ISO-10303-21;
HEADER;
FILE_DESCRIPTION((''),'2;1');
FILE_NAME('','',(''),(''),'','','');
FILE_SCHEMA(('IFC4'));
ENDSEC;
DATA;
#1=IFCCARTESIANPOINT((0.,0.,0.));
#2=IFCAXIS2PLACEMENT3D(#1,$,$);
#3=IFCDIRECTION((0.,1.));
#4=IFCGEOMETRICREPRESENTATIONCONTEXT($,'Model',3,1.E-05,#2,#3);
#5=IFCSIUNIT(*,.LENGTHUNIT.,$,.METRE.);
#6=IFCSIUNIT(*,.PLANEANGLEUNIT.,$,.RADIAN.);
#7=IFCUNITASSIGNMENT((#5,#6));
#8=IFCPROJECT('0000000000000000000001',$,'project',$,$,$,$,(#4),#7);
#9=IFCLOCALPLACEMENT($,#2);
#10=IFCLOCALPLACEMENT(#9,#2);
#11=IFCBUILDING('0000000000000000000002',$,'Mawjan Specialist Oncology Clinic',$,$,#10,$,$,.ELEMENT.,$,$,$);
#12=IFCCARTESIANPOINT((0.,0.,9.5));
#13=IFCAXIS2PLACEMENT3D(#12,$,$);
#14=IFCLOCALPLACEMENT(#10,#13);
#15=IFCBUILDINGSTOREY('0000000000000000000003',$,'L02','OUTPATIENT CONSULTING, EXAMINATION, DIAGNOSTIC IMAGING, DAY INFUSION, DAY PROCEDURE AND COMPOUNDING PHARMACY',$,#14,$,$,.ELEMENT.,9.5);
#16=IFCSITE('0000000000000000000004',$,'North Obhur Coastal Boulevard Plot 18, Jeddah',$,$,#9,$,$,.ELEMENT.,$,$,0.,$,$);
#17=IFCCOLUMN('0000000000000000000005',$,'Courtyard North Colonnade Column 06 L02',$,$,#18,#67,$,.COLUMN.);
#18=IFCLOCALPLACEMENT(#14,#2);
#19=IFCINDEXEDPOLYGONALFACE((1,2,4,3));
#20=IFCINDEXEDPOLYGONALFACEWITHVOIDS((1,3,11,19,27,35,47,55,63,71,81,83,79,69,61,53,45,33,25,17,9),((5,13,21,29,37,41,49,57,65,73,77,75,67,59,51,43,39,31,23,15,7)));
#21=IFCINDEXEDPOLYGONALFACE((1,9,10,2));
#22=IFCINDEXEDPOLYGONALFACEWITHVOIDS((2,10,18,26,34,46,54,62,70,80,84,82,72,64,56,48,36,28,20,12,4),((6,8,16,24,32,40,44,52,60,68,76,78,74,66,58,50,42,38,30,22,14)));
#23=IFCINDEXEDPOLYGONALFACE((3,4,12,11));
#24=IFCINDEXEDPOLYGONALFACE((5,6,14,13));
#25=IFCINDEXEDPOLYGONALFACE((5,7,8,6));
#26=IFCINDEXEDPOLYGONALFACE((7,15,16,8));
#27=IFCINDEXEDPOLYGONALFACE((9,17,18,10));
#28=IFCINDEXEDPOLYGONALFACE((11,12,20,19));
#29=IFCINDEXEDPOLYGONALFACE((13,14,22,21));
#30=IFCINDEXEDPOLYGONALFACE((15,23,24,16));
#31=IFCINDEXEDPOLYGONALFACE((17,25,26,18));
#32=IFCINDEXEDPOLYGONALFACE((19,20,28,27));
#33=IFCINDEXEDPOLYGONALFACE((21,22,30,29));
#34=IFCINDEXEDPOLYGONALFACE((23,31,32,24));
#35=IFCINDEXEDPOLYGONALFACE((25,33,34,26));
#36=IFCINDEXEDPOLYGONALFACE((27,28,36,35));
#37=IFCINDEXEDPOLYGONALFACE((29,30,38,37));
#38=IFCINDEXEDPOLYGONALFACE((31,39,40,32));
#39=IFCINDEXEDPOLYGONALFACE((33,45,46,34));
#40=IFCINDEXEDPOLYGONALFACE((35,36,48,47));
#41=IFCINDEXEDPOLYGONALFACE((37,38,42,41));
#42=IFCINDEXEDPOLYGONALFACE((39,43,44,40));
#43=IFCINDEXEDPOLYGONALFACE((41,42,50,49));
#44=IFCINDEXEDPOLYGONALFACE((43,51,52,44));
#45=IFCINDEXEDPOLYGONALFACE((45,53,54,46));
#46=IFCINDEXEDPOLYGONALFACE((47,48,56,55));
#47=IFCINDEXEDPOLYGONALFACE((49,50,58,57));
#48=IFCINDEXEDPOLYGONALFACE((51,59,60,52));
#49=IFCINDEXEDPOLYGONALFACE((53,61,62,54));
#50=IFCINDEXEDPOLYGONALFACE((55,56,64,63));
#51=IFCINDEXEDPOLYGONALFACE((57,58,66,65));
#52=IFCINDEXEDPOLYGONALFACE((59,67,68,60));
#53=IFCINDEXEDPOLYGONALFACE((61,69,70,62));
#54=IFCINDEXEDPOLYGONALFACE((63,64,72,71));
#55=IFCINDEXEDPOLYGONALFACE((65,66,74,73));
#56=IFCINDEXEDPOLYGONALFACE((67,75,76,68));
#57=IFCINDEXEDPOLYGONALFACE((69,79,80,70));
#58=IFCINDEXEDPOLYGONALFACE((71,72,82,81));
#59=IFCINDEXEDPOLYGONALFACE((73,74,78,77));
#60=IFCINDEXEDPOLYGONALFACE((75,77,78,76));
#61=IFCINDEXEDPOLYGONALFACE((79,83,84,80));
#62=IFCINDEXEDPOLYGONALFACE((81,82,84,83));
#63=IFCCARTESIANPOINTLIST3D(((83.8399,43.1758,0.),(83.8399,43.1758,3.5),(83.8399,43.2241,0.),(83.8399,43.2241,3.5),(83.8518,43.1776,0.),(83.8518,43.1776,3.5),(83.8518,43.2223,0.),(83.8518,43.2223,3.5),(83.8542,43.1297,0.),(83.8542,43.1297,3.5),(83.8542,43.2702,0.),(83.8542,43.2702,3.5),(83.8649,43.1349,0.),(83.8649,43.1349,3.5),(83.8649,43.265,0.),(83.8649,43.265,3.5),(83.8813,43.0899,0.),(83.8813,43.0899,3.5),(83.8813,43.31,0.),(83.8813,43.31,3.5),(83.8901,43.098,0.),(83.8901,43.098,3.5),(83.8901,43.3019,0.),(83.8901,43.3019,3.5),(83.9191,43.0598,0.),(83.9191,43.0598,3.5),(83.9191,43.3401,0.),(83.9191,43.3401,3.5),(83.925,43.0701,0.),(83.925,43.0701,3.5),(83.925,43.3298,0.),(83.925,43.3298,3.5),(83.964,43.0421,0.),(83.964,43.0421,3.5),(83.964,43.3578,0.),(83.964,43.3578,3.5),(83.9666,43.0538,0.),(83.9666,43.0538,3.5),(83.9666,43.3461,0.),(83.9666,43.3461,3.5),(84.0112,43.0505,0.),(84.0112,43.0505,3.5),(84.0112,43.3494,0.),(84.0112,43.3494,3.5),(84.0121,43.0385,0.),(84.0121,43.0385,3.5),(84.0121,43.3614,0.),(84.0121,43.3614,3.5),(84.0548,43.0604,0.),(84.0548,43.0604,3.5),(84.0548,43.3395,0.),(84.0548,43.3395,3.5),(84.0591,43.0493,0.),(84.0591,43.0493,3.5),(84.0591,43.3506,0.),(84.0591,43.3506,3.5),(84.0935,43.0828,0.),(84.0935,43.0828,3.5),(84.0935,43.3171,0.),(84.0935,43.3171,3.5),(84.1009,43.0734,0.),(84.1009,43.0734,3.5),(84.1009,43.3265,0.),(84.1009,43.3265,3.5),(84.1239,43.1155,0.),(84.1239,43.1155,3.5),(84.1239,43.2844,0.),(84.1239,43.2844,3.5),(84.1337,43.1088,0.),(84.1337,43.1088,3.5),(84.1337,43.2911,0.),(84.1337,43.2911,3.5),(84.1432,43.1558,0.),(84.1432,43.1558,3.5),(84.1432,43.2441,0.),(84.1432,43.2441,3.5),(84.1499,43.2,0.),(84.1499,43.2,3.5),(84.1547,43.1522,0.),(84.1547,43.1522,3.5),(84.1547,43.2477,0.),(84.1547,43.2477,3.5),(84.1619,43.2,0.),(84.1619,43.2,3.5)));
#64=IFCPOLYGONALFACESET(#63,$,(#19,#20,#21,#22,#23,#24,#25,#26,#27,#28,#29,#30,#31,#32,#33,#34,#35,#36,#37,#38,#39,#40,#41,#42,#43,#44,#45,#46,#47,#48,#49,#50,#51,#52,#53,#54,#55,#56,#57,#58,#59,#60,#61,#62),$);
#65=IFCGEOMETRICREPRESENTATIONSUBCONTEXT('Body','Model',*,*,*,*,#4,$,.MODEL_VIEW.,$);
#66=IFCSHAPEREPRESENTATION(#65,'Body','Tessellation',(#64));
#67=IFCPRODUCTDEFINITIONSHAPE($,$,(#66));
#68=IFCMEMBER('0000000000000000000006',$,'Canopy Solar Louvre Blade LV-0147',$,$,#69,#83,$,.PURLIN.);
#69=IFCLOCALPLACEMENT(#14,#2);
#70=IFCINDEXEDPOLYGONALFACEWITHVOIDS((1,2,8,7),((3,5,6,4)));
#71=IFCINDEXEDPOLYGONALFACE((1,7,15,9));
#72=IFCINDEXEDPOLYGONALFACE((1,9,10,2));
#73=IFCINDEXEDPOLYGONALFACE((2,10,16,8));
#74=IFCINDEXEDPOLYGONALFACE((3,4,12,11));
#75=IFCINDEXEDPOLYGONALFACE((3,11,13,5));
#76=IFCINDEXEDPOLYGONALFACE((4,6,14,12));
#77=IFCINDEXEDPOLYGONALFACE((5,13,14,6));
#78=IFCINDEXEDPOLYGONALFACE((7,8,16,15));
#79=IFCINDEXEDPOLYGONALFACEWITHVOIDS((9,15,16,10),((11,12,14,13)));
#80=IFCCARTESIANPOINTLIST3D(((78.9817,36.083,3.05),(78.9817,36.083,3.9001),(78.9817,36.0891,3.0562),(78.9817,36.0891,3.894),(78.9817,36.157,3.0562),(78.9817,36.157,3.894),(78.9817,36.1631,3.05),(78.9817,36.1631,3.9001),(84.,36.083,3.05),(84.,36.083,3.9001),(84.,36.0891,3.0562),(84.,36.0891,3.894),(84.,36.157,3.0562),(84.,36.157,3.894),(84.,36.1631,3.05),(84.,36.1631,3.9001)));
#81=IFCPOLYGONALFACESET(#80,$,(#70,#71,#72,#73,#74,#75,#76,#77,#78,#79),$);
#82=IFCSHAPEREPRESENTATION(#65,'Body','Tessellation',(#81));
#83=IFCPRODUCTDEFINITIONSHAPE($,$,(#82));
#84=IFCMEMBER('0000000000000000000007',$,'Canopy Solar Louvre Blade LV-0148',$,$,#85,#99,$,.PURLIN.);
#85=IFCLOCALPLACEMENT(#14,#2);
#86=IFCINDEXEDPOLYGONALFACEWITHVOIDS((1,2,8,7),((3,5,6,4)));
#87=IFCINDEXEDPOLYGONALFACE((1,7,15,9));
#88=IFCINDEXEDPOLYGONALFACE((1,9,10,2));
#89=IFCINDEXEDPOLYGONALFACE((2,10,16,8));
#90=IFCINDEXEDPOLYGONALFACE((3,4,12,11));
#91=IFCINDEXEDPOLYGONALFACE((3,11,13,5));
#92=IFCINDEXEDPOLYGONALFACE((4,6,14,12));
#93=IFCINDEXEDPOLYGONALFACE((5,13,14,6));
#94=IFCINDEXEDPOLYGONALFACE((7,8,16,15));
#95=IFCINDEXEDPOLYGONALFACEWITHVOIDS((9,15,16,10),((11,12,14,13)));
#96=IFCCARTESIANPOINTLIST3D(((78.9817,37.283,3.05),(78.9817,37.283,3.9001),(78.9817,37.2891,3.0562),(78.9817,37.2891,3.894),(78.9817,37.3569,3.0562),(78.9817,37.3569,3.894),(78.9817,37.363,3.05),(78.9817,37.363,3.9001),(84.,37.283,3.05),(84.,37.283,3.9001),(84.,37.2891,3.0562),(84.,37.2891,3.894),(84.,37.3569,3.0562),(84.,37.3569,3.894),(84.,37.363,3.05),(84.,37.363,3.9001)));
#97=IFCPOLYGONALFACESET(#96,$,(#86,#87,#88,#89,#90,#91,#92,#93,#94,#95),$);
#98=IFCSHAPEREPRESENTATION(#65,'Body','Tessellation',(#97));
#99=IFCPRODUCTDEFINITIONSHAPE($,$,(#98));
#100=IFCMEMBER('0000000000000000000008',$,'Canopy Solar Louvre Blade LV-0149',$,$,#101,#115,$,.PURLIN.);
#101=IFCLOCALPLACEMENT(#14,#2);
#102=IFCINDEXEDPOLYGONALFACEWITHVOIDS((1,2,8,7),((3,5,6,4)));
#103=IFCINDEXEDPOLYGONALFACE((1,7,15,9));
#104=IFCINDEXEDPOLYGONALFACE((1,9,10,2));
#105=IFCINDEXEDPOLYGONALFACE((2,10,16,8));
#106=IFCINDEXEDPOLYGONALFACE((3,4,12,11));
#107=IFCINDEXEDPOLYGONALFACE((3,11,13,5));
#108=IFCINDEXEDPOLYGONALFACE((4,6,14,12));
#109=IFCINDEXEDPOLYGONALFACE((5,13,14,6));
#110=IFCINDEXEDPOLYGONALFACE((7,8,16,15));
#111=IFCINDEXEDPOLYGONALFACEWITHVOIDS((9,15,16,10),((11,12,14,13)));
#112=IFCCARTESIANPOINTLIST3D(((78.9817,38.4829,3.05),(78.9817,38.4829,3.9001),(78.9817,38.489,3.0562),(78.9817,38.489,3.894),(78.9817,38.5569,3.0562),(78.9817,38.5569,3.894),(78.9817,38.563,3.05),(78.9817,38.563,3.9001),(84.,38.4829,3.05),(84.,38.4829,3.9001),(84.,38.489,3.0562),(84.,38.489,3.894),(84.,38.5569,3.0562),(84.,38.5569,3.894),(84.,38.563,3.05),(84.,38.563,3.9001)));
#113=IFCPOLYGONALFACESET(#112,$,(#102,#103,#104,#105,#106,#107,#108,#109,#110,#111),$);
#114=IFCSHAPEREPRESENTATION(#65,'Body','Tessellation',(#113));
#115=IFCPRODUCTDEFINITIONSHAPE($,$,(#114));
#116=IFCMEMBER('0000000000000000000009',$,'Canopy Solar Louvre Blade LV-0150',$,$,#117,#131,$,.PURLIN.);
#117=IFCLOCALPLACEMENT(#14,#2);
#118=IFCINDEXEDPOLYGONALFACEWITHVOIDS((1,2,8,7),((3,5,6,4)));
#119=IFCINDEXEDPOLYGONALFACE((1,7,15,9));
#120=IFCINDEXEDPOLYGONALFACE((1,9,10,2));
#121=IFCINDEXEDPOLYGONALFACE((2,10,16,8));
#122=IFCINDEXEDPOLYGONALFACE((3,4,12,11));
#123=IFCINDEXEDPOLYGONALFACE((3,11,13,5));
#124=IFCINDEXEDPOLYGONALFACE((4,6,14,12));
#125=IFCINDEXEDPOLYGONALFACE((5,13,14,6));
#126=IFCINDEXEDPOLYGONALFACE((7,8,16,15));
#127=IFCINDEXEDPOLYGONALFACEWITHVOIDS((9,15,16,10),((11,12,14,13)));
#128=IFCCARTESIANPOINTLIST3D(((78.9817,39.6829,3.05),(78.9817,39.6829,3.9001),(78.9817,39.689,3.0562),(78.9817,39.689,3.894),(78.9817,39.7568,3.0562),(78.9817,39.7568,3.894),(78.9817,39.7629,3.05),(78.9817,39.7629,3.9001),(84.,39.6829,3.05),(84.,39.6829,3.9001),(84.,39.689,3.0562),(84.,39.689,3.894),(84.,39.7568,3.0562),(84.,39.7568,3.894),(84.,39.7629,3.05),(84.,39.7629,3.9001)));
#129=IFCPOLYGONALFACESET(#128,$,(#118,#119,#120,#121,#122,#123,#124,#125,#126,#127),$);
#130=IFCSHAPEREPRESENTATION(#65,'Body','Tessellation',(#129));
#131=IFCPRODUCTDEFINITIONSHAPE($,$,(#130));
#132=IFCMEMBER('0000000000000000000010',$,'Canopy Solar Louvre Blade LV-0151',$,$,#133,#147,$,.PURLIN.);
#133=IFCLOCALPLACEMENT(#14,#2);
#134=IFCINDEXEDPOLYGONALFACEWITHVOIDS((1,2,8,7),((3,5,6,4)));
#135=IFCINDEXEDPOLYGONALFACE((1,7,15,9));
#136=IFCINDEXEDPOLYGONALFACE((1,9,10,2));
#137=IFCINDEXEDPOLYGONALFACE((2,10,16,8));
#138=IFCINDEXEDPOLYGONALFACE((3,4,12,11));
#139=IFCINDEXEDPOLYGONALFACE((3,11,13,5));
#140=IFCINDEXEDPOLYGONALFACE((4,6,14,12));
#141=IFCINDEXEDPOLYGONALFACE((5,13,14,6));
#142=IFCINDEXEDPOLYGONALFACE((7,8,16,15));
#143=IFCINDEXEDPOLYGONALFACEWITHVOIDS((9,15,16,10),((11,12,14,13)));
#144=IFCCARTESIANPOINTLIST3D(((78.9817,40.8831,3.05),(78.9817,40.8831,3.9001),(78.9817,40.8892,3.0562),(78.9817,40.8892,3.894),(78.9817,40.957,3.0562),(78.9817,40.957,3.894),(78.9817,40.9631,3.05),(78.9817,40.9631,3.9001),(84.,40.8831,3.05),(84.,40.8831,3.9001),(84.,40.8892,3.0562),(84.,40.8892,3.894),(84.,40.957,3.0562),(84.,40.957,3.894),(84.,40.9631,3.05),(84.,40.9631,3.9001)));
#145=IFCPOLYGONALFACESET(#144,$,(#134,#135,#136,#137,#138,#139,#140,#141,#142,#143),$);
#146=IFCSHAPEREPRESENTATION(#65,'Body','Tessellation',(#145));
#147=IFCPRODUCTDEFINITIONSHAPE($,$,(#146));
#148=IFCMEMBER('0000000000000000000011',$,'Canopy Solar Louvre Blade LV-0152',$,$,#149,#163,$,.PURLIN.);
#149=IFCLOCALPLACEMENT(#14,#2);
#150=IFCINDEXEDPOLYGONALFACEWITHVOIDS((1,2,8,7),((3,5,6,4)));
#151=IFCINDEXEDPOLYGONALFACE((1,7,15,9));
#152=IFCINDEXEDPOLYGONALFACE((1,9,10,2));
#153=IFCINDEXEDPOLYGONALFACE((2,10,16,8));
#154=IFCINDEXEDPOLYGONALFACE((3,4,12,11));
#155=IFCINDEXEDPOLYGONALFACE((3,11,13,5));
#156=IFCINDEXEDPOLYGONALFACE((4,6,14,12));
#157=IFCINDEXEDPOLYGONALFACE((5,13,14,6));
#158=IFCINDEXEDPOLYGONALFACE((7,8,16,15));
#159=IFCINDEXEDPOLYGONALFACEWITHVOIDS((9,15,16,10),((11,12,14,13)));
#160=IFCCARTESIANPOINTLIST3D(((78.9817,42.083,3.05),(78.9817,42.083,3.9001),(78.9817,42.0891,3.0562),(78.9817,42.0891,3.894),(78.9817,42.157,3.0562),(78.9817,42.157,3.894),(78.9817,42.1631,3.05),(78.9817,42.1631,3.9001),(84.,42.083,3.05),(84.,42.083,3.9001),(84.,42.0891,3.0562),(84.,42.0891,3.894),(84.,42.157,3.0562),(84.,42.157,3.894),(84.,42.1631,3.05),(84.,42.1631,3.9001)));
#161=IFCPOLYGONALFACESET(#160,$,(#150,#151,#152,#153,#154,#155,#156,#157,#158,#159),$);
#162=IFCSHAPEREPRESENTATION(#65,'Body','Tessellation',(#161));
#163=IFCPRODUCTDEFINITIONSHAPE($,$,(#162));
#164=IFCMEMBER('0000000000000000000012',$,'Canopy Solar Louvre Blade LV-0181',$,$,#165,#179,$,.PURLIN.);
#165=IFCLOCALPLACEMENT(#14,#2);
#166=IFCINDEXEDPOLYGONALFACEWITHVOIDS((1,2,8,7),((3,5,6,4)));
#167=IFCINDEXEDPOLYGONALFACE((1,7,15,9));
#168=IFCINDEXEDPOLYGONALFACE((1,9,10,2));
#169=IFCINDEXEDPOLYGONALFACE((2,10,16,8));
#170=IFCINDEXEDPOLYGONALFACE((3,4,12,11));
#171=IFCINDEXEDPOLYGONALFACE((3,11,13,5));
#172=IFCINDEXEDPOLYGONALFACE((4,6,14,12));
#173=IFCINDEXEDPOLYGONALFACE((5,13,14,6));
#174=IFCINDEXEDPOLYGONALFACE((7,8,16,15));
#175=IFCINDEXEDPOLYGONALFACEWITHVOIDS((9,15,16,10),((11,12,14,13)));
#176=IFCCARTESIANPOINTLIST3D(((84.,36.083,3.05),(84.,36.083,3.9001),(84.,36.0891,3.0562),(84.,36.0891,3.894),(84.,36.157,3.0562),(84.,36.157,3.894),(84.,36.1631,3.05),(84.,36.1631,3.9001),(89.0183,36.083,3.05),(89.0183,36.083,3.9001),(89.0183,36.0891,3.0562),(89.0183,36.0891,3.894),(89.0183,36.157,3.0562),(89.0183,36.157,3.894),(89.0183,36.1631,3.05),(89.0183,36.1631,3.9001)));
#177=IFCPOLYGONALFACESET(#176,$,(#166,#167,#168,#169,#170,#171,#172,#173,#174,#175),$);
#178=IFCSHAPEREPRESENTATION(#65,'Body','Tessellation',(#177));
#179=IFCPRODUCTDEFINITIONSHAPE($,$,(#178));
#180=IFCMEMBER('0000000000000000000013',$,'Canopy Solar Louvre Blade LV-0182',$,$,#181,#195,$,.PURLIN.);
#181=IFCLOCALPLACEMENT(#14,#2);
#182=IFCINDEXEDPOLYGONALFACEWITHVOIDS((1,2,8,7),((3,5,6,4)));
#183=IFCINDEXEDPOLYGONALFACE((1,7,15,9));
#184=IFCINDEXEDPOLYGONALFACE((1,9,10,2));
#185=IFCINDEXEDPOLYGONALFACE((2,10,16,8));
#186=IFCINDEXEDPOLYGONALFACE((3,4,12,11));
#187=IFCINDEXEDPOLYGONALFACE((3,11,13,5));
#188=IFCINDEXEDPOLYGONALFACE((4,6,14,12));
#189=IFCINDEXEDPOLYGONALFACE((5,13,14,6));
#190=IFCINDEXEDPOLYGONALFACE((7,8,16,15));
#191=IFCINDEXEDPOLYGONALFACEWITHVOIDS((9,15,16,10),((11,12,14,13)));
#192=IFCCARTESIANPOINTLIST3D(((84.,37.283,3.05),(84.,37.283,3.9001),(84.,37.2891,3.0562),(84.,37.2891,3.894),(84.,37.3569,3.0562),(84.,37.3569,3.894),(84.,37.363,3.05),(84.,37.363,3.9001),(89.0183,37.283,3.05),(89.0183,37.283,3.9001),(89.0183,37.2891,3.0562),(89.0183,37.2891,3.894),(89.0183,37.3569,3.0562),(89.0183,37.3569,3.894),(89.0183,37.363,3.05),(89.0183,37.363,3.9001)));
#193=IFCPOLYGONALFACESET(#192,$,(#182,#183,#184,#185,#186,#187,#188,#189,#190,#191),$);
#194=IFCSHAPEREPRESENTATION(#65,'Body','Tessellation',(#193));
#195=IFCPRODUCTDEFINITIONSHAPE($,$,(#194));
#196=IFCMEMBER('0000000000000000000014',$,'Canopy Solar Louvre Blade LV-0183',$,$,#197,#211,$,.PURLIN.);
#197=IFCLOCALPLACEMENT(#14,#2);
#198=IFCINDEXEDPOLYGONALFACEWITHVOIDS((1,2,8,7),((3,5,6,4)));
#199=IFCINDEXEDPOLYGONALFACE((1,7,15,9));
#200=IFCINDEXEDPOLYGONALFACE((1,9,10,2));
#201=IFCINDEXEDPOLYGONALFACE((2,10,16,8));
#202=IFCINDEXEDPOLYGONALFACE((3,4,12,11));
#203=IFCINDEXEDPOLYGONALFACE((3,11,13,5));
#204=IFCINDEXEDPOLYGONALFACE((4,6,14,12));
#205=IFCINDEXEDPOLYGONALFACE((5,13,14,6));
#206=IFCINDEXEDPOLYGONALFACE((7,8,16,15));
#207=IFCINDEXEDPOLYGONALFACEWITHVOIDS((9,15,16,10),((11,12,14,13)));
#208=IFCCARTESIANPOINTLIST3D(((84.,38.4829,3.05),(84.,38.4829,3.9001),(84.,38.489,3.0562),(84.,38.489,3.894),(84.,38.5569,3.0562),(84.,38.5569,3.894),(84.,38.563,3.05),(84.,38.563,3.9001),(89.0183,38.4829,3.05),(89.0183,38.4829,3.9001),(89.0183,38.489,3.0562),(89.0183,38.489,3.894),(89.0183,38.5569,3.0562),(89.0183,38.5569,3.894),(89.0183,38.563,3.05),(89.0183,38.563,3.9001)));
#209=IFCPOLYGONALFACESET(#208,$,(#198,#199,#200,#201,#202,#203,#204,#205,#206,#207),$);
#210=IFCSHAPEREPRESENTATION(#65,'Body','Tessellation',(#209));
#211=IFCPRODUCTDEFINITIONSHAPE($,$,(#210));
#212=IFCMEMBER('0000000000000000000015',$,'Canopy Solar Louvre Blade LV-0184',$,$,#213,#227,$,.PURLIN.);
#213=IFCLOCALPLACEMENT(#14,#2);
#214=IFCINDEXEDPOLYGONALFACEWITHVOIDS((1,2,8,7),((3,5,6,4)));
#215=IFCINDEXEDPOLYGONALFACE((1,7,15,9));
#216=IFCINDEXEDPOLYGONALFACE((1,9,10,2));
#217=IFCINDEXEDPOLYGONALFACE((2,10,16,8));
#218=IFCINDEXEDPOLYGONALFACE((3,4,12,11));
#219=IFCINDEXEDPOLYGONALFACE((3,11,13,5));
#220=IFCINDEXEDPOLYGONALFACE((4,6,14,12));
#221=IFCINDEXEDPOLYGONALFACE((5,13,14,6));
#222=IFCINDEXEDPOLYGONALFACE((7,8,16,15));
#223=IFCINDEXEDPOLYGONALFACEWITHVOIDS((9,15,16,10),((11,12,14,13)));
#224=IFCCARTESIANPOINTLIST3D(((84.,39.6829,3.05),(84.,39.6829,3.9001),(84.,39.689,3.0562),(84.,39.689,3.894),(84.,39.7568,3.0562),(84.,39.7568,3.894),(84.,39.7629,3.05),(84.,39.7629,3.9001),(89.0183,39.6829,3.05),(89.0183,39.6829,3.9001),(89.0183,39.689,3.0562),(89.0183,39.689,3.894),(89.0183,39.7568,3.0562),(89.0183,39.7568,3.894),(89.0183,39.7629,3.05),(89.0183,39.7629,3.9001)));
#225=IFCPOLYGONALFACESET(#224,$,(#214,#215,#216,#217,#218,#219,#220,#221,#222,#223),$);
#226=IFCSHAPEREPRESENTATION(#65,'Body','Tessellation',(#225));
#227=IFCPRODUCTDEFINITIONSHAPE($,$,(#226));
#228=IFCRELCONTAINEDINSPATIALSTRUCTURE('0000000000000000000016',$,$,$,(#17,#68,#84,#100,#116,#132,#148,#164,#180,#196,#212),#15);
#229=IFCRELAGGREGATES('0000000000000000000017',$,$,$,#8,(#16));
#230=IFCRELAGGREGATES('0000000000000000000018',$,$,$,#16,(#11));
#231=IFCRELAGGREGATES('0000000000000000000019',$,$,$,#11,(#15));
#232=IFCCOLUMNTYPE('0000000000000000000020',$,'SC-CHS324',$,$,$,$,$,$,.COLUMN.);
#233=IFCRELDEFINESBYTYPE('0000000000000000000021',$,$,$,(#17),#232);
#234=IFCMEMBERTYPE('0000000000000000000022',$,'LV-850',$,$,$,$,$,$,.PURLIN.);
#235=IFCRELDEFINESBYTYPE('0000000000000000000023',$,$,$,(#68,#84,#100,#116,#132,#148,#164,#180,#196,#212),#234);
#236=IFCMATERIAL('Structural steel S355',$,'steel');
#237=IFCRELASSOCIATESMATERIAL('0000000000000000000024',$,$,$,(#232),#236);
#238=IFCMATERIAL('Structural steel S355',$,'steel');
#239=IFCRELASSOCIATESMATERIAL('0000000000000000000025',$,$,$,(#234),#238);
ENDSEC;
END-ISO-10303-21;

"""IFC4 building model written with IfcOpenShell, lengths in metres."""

from ifc_helpers import new_model, si_unit, direction, frame, origin, origin_2d, place, context, subcontext, project, spatial, hollow_rectangle, hollow_circle, extrude, material, material_profile, profile_set, type_object, element, save


model = new_model("IFC4")

# Units and contexts
model_context = context("Model", 3, precision=1e-05, world=origin(), true_north=direction((0.0, 1.0)))
body_context = subcontext(model_context, "Body", "Model", "MODEL_VIEW")
ifc_project = project(units=[si_unit("LENGTHUNIT", "METRE"), si_unit("PLANEANGLEUNIT", "RADIAN")], contexts=[model_context])

# Site, building, storey
site_placement = place(None, origin())
site = spatial("IfcSite", under=ifc_project, at=site_placement, Name="North Obhur Coastal Boulevard Plot 18, Jeddah", CompositionType="ELEMENT", RefElevation=0.0)
building_placement = place(site_placement, origin())
building = spatial("IfcBuilding", under=site, at=building_placement, Name="Mawjan Specialist Oncology Clinic", CompositionType="ELEMENT")
storey_placement = place(building_placement, frame((0.0, 0.0, 9.5)))
storey = spatial("IfcBuildingStorey", under=building, at=storey_placement, Name="L02", Description="OUTPATIENT CONSULTING, EXAMINATION, DIAGNOSTIC IMAGING, DAY INFUSION, DAY PROCEDURE AND COMPOUNDING PHARMACY", CompositionType="ELEMENT", Elevation=9.5)

# Column
ifc_material_1 = material(Name="Structural steel S355", Category="steel")
ifc_material_profile_1 = material_profile(ifc_material_1, hollow_circle(Radius=0.1619, WallThickness=0.012, at=origin_2d()), Name="CHS 323.9x12", Category="steel")
ifc_profile_set_1 = profile_set([ifc_material_profile_1], Name="Structural steel S355")
column_type = type_object("IfcColumnType", Name="SC-CHS324", PredefinedType="COLUMN", material=ifc_profile_set_1)
column_placement = place(storey_placement, frame((84.0, 43.2, 0.0), z_axis=(0.0, 0.0, 1.0), x_axis=(1.0, 0.0, 0.0)))
element("IfcColumn", 1, at=column_placement, inside=storey, type_object=column_type, Name="Courtyard North Colonnade Column 06 L02", PredefinedType="COLUMN", context=body_context, shape_type="SweptSolid", body=[
    extrude(hollow_circle(Radius=0.1619, WallThickness=0.012, at=origin_2d()), origin(), (0.0, 0.0, 1.0), 3.5),
])

# Members
ifc_material_2 = material(Name="Structural steel S355", Category="steel")
ifc_material_profile_2 = material_profile(ifc_material_2, hollow_rectangle(XDim=0.0801, YDim=0.8501, WallThickness=0.0061, at=origin_2d()), Name="LOUVRE 850x80x6", Category="steel")
ifc_profile_set_2 = profile_set([ifc_material_profile_2], Name="Structural steel S355")
member_type_1 = type_object("IfcMemberType", Name="LV-850", PredefinedType="PURLIN", material=ifc_profile_set_2)
for number, where, z_axis, x_axis, name in (
    (2, (78.9817, 36.123, 3.4751), (1.0, 0.0, 0.0), (0.0, 1.0, 0.0), "Canopy Solar Louvre Blade LV-0147"),
    (3, (78.9817, 37.323, 3.4751), (1.0, 0.0, 0.0), (0.0, 1.0, 0.0), "Canopy Solar Louvre Blade LV-0148"),
    (4, (78.9817, 38.5229, 3.4751), (1.0, 0.0, 0.0), (0.0, 1.0, 0.0), "Canopy Solar Louvre Blade LV-0149"),
    (5, (78.9817, 39.7229, 3.4751), (1.0, 0.0, 0.0), (0.0, 1.0, 0.0), "Canopy Solar Louvre Blade LV-0150"),
    (6, (78.9817, 40.9231, 3.4751), (1.0, 0.0, 0.0), (0.0, 1.0, 0.0), "Canopy Solar Louvre Blade LV-0151"),
    (7, (78.9817, 42.123, 3.4751), (1.0, 0.0, 0.0), (0.0, 1.0, 0.0), "Canopy Solar Louvre Blade LV-0152"),
    (8, (84.0, 36.123, 3.4751), (1.0, 0.0, 0.0), (0.0, 1.0, 0.0), "Canopy Solar Louvre Blade LV-0181"),
    (9, (84.0, 37.323, 3.4751), (1.0, 0.0, 0.0), (0.0, 1.0, 0.0), "Canopy Solar Louvre Blade LV-0182"),
    (10, (84.0, 38.5229, 3.4751), (1.0, 0.0, 0.0), (0.0, 1.0, 0.0), "Canopy Solar Louvre Blade LV-0183"),
    (11, (84.0, 39.7229, 3.4751), (1.0, 0.0, 0.0), (0.0, 1.0, 0.0), "Canopy Solar Louvre Blade LV-0184"),
):
    element("IfcMember", number, at=place(storey_placement, frame(where, z_axis=z_axis, x_axis=x_axis)), inside=storey, type_object=member_type_1, Name=name, PredefinedType="PURLIN", context=body_context, shape_type="SweptSolid", body=[
        extrude(hollow_rectangle(XDim=0.0801, YDim=0.8501, WallThickness=0.0061, at=origin_2d()), origin(), (0.0, 0.0, 1.0), 5.0183),
    ])

save(model, "model.ifc")
